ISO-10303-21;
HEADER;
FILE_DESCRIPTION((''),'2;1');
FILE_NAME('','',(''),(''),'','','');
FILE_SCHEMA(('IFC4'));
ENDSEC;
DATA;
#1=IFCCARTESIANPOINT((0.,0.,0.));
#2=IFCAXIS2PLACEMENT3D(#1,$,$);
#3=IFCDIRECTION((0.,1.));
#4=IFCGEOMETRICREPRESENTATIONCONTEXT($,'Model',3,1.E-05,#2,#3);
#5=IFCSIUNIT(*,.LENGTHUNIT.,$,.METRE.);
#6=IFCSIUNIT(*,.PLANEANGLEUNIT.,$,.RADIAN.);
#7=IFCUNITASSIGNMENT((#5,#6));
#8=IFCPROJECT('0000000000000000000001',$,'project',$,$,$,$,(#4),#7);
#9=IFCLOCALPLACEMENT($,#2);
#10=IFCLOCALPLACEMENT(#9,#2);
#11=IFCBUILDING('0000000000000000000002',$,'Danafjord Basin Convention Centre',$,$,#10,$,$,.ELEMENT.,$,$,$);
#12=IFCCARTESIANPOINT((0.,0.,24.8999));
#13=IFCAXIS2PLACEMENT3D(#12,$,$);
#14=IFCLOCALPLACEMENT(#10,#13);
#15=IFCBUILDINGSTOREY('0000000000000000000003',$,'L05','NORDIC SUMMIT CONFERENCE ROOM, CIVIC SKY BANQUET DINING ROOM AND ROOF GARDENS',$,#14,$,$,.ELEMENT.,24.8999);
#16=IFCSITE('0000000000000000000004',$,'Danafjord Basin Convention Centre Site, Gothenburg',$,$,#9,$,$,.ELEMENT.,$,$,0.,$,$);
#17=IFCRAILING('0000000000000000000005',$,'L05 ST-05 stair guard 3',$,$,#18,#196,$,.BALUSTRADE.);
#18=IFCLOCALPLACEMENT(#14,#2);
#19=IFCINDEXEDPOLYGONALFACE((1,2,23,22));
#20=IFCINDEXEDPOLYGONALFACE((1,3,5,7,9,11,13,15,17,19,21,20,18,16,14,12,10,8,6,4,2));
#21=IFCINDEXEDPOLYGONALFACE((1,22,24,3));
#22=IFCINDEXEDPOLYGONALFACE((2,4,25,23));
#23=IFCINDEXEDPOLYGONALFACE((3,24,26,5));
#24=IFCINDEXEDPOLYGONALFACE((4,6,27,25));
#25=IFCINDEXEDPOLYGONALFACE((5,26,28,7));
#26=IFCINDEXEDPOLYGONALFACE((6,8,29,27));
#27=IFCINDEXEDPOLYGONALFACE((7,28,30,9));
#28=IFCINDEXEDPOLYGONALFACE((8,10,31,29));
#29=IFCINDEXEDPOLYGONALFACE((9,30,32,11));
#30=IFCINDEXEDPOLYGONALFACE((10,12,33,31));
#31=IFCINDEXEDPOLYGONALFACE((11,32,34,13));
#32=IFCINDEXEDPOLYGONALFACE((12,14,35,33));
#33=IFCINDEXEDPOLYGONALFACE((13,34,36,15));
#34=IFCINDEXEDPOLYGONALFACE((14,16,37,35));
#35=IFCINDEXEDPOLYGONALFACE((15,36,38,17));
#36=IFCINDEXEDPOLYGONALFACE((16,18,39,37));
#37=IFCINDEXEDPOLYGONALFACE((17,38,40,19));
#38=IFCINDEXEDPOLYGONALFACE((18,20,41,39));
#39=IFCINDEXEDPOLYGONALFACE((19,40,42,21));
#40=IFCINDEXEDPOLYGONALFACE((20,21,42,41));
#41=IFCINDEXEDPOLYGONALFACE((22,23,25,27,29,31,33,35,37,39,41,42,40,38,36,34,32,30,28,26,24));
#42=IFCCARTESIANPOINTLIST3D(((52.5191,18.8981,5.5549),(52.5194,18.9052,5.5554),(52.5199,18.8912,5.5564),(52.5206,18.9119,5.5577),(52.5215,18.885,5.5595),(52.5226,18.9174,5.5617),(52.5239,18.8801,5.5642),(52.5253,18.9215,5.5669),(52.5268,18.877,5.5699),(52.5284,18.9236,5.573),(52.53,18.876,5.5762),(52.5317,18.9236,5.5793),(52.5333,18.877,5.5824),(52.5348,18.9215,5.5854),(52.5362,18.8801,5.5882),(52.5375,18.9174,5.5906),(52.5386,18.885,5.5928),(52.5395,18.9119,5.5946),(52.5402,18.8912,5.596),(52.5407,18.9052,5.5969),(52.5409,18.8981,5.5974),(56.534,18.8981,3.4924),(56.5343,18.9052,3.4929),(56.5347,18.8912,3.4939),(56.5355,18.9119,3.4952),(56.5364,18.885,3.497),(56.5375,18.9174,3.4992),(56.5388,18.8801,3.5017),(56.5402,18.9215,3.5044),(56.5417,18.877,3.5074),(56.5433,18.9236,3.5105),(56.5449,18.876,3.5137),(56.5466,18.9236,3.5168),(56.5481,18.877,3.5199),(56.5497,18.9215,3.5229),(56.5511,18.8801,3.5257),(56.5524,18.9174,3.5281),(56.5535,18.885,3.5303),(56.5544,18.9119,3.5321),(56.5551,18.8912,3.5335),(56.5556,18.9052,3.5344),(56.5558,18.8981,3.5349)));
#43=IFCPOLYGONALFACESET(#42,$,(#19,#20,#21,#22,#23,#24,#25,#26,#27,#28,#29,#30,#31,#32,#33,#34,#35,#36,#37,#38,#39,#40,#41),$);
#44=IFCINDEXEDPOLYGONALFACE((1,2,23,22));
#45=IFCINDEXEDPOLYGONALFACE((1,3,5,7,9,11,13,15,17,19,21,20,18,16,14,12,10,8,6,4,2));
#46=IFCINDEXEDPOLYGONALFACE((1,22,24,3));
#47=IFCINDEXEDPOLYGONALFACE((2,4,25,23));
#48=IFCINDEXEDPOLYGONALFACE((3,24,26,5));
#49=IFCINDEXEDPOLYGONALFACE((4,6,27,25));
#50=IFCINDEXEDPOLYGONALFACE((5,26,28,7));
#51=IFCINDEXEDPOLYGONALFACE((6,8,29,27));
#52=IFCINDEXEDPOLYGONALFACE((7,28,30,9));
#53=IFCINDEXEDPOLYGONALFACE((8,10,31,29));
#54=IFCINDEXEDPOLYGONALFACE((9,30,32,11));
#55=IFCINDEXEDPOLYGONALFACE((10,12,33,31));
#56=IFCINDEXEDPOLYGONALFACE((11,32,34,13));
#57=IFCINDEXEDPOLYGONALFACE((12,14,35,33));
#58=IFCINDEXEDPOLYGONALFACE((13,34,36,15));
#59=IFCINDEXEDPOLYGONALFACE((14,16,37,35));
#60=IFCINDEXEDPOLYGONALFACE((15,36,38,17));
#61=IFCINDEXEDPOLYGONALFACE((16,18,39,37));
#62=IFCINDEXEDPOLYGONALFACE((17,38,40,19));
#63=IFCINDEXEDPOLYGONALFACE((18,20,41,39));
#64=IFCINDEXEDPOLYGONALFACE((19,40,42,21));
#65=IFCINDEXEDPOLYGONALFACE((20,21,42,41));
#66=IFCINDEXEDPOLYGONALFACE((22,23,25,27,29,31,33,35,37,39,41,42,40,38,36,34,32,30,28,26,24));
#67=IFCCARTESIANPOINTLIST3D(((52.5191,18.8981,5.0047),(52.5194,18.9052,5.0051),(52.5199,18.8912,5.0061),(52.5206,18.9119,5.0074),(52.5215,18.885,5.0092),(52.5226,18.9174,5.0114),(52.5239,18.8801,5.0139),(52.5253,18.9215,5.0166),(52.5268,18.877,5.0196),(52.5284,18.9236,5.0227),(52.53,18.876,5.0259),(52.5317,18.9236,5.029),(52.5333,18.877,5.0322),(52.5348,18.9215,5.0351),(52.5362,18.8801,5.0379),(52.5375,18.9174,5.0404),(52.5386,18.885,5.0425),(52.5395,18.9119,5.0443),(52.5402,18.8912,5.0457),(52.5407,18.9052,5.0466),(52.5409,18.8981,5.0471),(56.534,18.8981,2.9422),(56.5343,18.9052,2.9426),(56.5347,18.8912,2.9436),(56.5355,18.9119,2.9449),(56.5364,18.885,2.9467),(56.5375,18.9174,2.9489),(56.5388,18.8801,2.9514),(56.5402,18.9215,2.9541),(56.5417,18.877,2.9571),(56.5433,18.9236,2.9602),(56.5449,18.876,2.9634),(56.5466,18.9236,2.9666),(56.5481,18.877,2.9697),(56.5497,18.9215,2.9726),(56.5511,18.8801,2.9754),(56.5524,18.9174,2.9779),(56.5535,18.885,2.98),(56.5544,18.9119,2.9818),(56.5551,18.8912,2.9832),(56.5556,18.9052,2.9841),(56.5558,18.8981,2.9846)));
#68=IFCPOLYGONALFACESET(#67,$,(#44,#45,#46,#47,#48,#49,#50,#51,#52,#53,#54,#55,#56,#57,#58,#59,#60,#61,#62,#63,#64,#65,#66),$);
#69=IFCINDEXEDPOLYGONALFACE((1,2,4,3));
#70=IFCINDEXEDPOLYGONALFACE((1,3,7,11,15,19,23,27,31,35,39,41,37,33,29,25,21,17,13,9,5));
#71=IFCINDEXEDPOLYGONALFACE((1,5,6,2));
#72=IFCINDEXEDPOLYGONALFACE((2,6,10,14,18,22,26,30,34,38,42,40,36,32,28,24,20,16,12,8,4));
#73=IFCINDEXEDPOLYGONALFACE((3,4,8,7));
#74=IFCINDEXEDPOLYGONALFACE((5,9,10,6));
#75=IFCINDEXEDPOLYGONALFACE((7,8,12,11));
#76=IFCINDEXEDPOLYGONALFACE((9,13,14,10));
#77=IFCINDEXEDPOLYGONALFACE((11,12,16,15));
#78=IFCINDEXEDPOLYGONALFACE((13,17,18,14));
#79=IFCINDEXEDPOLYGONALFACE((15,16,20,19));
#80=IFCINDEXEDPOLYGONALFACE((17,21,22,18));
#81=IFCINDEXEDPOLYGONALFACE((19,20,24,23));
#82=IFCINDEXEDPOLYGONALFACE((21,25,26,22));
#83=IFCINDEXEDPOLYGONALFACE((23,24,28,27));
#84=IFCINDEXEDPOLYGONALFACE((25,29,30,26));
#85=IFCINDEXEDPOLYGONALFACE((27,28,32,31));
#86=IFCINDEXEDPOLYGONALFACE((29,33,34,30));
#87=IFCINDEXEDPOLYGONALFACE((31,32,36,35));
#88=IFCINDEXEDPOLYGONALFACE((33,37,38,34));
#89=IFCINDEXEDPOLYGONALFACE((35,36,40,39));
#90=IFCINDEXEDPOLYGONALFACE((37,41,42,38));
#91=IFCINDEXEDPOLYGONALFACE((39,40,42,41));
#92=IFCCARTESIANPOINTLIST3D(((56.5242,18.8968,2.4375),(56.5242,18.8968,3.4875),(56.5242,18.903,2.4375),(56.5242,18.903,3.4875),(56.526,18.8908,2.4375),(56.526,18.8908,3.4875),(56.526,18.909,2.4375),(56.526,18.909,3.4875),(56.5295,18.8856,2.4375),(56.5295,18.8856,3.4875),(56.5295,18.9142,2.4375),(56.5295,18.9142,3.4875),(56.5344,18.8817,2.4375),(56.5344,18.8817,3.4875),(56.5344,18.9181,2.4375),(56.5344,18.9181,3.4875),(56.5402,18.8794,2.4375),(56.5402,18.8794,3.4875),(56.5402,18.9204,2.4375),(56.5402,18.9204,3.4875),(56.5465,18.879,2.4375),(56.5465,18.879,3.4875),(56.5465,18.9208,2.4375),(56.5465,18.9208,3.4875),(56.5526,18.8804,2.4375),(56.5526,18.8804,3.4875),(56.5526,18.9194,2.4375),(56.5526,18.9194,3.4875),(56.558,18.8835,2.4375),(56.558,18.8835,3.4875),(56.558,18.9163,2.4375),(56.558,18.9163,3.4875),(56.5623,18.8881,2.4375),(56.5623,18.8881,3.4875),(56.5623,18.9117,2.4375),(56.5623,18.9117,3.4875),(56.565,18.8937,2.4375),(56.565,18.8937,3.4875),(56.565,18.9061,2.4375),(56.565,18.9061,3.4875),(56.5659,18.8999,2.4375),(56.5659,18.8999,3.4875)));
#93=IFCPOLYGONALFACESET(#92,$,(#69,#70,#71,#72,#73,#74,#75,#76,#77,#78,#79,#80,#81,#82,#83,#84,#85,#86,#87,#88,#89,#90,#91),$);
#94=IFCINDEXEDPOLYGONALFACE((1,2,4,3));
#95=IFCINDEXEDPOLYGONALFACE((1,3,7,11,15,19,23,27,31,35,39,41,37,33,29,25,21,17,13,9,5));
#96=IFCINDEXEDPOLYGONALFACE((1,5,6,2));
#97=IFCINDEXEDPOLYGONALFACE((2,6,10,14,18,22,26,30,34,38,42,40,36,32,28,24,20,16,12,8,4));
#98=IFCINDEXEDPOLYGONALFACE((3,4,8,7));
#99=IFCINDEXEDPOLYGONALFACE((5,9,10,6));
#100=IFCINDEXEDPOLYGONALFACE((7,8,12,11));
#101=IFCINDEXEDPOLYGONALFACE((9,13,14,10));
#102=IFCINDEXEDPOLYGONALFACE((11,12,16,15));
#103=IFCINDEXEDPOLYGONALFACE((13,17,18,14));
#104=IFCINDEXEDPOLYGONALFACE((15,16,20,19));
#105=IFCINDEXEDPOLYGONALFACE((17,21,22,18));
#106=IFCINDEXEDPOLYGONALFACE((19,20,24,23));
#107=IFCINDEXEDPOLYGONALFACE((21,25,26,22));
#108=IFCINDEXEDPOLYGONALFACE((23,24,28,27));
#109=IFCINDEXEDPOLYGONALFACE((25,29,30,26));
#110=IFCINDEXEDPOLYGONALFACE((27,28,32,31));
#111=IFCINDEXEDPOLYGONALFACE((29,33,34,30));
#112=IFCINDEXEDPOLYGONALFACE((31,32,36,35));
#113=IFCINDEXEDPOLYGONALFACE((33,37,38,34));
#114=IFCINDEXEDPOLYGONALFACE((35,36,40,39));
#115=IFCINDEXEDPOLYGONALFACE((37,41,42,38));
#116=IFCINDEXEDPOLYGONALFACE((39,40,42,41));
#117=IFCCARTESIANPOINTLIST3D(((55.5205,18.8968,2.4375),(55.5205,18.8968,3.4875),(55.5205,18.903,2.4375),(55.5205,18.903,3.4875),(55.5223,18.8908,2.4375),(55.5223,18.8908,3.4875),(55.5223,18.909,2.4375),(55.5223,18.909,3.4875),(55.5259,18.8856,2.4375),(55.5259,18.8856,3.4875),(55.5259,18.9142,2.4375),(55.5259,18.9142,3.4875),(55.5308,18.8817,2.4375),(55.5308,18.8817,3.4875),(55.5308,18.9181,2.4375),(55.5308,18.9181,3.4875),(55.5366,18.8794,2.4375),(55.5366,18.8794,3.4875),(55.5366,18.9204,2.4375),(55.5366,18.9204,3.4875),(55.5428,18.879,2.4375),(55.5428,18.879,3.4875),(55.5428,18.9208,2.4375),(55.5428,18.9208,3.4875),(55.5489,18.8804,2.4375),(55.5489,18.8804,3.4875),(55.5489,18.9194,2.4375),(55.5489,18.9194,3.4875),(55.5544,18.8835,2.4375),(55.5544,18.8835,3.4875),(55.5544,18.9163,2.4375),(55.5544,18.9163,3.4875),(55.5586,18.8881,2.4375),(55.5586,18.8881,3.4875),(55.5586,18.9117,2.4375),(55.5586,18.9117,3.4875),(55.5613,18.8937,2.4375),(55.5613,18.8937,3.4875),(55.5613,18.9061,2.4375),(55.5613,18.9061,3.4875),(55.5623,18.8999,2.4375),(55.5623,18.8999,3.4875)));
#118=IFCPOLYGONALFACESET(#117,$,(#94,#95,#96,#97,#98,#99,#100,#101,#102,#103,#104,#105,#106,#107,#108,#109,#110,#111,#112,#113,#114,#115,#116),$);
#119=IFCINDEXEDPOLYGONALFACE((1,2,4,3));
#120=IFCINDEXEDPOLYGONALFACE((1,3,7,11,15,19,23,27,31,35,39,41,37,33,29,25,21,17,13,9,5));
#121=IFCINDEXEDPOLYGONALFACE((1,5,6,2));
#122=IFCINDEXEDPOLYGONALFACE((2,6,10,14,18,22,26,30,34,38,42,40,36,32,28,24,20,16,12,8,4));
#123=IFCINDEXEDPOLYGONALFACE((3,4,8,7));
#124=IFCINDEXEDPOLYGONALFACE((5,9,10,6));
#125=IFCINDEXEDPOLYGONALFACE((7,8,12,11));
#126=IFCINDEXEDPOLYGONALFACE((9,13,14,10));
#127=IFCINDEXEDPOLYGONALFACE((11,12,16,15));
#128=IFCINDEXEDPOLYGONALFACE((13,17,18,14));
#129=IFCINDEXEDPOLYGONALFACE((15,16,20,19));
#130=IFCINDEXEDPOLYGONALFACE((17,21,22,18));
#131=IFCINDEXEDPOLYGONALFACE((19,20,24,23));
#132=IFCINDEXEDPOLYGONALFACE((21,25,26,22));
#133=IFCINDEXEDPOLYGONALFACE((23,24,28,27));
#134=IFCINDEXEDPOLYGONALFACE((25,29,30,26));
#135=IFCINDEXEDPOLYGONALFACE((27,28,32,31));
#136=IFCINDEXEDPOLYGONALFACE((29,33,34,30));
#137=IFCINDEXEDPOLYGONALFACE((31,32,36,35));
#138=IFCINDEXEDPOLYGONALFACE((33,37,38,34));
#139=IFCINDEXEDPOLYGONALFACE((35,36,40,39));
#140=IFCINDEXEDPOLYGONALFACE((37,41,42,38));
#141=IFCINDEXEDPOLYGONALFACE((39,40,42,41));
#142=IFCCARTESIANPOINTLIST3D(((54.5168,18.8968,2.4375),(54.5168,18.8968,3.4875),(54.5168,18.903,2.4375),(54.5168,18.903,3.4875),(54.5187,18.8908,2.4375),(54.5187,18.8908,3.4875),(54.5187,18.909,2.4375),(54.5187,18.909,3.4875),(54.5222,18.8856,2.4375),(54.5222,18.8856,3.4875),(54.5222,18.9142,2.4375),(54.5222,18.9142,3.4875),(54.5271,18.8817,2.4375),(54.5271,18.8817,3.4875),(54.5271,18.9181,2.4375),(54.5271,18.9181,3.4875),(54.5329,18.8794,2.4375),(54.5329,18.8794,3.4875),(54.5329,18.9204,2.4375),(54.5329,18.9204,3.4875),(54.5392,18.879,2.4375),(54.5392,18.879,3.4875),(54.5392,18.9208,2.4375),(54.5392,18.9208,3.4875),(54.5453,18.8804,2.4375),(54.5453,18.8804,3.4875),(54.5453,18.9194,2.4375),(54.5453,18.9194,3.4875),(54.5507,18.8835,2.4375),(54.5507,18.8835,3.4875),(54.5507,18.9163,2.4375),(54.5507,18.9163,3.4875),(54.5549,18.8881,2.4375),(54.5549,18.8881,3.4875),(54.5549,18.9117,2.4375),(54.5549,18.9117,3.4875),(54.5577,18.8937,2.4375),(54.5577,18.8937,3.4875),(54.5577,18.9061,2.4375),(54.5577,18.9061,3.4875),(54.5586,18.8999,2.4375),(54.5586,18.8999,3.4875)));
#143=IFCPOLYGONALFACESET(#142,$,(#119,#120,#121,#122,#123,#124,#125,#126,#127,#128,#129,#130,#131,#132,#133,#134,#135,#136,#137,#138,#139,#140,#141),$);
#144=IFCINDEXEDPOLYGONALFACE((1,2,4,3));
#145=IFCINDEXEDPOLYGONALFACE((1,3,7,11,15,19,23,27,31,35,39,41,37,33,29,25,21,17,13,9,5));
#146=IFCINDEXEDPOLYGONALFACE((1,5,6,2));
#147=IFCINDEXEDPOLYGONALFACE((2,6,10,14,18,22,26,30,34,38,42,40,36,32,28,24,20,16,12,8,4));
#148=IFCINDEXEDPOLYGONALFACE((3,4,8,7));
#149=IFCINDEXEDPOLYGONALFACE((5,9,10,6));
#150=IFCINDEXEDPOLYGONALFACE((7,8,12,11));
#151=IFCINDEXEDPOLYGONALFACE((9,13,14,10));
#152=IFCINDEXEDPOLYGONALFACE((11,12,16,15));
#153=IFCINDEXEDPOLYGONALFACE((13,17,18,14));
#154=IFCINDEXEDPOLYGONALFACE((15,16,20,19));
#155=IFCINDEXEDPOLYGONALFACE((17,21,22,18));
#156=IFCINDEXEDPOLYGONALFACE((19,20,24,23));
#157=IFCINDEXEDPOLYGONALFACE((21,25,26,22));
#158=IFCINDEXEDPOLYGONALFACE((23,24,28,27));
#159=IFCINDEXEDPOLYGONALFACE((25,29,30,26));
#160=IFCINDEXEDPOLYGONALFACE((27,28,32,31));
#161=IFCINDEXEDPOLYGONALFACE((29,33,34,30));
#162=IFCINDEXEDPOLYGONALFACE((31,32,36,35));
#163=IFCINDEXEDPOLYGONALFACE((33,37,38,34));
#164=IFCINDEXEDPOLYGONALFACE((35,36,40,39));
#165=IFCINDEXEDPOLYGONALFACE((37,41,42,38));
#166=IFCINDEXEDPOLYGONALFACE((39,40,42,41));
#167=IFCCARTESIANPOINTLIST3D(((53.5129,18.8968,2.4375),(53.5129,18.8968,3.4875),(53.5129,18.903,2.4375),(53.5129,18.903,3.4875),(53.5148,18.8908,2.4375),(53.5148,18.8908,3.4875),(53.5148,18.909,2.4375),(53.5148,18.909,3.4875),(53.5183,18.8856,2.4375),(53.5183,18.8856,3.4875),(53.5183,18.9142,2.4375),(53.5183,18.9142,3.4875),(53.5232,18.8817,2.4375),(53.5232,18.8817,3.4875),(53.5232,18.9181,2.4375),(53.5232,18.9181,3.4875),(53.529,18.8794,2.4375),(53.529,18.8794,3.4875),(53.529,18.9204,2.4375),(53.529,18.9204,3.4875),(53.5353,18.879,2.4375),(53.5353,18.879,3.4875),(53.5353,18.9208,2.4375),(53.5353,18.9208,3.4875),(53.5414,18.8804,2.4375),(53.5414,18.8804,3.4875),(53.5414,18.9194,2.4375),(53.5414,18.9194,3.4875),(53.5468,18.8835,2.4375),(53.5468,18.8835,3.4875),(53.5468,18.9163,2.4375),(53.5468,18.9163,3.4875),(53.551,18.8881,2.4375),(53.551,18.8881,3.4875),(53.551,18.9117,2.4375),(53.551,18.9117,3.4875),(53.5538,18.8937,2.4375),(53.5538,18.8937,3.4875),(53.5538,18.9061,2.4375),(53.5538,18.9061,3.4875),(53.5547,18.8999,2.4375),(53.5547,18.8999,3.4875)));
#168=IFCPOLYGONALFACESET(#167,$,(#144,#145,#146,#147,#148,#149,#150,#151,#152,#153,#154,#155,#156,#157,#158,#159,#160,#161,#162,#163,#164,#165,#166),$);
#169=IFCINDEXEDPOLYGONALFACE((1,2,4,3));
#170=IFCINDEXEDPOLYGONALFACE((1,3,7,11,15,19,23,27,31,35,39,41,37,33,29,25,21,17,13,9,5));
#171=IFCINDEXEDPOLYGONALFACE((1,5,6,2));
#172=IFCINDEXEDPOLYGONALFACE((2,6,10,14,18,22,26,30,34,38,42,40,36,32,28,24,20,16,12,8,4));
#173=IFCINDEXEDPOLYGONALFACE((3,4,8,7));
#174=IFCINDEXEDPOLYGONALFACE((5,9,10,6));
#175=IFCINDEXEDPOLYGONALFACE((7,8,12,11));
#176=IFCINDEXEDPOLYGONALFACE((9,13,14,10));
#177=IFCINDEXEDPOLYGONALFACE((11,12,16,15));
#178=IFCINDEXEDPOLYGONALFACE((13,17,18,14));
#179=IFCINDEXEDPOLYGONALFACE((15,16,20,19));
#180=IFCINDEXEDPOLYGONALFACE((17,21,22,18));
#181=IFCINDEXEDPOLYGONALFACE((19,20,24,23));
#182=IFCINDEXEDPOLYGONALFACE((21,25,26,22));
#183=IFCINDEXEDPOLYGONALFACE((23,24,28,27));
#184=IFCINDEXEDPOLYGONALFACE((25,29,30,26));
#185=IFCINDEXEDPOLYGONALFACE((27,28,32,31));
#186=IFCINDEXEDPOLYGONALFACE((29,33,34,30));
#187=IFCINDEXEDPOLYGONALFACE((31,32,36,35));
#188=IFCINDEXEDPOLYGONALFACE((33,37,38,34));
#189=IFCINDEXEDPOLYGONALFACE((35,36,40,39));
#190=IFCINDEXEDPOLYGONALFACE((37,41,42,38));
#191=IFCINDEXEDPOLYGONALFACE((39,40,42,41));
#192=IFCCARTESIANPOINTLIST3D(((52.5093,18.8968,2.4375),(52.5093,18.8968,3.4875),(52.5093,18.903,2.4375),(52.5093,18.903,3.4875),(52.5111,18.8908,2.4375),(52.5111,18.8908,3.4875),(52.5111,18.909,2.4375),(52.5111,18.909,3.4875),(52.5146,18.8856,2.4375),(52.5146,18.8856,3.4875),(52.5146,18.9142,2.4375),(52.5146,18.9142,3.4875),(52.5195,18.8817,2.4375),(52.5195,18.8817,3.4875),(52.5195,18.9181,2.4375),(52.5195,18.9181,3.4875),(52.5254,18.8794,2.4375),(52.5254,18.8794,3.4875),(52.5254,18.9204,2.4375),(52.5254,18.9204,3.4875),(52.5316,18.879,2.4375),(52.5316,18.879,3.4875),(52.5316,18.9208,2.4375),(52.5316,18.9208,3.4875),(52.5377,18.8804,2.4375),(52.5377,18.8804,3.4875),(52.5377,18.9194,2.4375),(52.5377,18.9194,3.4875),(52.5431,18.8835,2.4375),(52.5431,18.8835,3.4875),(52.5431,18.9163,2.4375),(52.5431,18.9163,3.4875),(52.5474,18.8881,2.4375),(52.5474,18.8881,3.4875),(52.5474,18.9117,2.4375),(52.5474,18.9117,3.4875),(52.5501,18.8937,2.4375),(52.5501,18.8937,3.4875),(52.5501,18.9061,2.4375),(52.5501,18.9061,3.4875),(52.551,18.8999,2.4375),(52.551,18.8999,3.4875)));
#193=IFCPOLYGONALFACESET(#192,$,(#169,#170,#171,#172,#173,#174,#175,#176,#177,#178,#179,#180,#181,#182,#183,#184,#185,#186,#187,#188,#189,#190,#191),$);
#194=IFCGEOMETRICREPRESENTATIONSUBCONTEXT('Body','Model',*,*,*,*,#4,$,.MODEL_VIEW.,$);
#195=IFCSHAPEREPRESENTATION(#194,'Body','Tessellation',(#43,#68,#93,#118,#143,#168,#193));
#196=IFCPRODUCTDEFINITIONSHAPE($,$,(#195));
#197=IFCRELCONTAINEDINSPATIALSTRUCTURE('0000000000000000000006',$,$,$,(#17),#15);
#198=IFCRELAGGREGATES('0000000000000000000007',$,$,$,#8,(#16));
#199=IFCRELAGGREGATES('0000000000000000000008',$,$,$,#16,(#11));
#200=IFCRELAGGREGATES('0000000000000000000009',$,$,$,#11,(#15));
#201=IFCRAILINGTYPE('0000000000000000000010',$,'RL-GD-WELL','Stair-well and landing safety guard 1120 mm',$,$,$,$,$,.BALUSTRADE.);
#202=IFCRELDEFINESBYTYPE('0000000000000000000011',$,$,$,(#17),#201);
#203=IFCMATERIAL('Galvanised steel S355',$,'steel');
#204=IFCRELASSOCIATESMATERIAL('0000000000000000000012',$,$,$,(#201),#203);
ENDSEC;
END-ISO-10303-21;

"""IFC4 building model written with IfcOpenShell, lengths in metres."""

from ifc_helpers import new_model, si_unit, direction, frame, origin, origin_2d, place, context, subcontext, project, spatial, circle, extrude, material, type_object, element, save


model = new_model("IFC4")

# Units and contexts
model_context = context("Model", 3, precision=1e-05, world=origin(), true_north=direction((0.0, 1.0)))
body_context = subcontext(model_context, "Body", "Model", "MODEL_VIEW")
ifc_project = project(units=[si_unit("LENGTHUNIT", "METRE"), si_unit("PLANEANGLEUNIT", "RADIAN")], contexts=[model_context])

# Site, building, storey
site_placement = place(None, origin())
site = spatial("IfcSite", under=ifc_project, at=site_placement, Name="Danafjord Basin Convention Centre Site, Gothenburg", CompositionType="ELEMENT", RefElevation=0.0)
building_placement = place(site_placement, origin())
building = spatial("IfcBuilding", under=site, at=building_placement, Name="Danafjord Basin Convention Centre", CompositionType="ELEMENT")
storey_placement = place(building_placement, frame((0.0, 0.0, 24.8999)))
storey = spatial("IfcBuildingStorey", under=building, at=storey_placement, Name="L05", Description="NORDIC SUMMIT CONFERENCE ROOM, CIVIC SKY BANQUET DINING ROOM AND ROOF GARDENS", CompositionType="ELEMENT", Elevation=24.8999)

# Railing
ifc_material_1 = material(Name="Galvanised steel S355", Category="steel")
railing_type_1 = type_object("IfcRailingType", Name="RL-GD-WELL", Description="Stair-well and landing safety guard 1120 mm", PredefinedType="BALUSTRADE", material=ifc_material_1)
railing_1_placement = place(storey_placement, frame((56.5449, 18.8999, 2.4375)))
element("IfcRailing", 1, at=railing_1_placement, inside=storey, type_object=railing_type_1, Name="L05 ST-05 stair guard 3", PredefinedType="BALUSTRADE", context=body_context, shape_type="SweptSolid", body=[
    extrude(circle(Radius=0.0239, at=origin_2d()), frame((0.0, 0.0, 1.0762), z_axis=(-0.889495, 0.0, 0.456945), x_axis=(0.0, -1.0, 0.0)), (0.0, 0.0, 1.0), 4.5137),
    extrude(circle(Radius=0.0239, at=origin_2d()), frame((0.0, 0.0, 0.5259), z_axis=(-0.889495, 0.0, 0.456945), x_axis=(0.0, -1.0, 0.0)), (0.0, 0.0, 1.0), 4.5137),
    extrude(circle(Radius=0.021, at=origin_2d()), origin(), (0.0, 0.0, 1.0), 1.05),
    extrude(circle(Radius=0.021, at=origin_2d()), frame((-1.0037, 0.0, 0.0)), (0.0, 0.0, 1.0), 1.05),
    extrude(circle(Radius=0.021, at=origin_2d()), frame((-2.0073, 0.0, 0.0)), (0.0, 0.0, 1.0), 1.05),
    extrude(circle(Radius=0.021, at=origin_2d()), frame((-3.0112, 0.0, 0.0)), (0.0, 0.0, 1.0), 1.05),
    extrude(circle(Radius=0.021, at=origin_2d()), frame((-4.0149, 0.0, 0.0)), (0.0, 0.0, 1.0), 1.05),
])

save(model, "model.ifc")
